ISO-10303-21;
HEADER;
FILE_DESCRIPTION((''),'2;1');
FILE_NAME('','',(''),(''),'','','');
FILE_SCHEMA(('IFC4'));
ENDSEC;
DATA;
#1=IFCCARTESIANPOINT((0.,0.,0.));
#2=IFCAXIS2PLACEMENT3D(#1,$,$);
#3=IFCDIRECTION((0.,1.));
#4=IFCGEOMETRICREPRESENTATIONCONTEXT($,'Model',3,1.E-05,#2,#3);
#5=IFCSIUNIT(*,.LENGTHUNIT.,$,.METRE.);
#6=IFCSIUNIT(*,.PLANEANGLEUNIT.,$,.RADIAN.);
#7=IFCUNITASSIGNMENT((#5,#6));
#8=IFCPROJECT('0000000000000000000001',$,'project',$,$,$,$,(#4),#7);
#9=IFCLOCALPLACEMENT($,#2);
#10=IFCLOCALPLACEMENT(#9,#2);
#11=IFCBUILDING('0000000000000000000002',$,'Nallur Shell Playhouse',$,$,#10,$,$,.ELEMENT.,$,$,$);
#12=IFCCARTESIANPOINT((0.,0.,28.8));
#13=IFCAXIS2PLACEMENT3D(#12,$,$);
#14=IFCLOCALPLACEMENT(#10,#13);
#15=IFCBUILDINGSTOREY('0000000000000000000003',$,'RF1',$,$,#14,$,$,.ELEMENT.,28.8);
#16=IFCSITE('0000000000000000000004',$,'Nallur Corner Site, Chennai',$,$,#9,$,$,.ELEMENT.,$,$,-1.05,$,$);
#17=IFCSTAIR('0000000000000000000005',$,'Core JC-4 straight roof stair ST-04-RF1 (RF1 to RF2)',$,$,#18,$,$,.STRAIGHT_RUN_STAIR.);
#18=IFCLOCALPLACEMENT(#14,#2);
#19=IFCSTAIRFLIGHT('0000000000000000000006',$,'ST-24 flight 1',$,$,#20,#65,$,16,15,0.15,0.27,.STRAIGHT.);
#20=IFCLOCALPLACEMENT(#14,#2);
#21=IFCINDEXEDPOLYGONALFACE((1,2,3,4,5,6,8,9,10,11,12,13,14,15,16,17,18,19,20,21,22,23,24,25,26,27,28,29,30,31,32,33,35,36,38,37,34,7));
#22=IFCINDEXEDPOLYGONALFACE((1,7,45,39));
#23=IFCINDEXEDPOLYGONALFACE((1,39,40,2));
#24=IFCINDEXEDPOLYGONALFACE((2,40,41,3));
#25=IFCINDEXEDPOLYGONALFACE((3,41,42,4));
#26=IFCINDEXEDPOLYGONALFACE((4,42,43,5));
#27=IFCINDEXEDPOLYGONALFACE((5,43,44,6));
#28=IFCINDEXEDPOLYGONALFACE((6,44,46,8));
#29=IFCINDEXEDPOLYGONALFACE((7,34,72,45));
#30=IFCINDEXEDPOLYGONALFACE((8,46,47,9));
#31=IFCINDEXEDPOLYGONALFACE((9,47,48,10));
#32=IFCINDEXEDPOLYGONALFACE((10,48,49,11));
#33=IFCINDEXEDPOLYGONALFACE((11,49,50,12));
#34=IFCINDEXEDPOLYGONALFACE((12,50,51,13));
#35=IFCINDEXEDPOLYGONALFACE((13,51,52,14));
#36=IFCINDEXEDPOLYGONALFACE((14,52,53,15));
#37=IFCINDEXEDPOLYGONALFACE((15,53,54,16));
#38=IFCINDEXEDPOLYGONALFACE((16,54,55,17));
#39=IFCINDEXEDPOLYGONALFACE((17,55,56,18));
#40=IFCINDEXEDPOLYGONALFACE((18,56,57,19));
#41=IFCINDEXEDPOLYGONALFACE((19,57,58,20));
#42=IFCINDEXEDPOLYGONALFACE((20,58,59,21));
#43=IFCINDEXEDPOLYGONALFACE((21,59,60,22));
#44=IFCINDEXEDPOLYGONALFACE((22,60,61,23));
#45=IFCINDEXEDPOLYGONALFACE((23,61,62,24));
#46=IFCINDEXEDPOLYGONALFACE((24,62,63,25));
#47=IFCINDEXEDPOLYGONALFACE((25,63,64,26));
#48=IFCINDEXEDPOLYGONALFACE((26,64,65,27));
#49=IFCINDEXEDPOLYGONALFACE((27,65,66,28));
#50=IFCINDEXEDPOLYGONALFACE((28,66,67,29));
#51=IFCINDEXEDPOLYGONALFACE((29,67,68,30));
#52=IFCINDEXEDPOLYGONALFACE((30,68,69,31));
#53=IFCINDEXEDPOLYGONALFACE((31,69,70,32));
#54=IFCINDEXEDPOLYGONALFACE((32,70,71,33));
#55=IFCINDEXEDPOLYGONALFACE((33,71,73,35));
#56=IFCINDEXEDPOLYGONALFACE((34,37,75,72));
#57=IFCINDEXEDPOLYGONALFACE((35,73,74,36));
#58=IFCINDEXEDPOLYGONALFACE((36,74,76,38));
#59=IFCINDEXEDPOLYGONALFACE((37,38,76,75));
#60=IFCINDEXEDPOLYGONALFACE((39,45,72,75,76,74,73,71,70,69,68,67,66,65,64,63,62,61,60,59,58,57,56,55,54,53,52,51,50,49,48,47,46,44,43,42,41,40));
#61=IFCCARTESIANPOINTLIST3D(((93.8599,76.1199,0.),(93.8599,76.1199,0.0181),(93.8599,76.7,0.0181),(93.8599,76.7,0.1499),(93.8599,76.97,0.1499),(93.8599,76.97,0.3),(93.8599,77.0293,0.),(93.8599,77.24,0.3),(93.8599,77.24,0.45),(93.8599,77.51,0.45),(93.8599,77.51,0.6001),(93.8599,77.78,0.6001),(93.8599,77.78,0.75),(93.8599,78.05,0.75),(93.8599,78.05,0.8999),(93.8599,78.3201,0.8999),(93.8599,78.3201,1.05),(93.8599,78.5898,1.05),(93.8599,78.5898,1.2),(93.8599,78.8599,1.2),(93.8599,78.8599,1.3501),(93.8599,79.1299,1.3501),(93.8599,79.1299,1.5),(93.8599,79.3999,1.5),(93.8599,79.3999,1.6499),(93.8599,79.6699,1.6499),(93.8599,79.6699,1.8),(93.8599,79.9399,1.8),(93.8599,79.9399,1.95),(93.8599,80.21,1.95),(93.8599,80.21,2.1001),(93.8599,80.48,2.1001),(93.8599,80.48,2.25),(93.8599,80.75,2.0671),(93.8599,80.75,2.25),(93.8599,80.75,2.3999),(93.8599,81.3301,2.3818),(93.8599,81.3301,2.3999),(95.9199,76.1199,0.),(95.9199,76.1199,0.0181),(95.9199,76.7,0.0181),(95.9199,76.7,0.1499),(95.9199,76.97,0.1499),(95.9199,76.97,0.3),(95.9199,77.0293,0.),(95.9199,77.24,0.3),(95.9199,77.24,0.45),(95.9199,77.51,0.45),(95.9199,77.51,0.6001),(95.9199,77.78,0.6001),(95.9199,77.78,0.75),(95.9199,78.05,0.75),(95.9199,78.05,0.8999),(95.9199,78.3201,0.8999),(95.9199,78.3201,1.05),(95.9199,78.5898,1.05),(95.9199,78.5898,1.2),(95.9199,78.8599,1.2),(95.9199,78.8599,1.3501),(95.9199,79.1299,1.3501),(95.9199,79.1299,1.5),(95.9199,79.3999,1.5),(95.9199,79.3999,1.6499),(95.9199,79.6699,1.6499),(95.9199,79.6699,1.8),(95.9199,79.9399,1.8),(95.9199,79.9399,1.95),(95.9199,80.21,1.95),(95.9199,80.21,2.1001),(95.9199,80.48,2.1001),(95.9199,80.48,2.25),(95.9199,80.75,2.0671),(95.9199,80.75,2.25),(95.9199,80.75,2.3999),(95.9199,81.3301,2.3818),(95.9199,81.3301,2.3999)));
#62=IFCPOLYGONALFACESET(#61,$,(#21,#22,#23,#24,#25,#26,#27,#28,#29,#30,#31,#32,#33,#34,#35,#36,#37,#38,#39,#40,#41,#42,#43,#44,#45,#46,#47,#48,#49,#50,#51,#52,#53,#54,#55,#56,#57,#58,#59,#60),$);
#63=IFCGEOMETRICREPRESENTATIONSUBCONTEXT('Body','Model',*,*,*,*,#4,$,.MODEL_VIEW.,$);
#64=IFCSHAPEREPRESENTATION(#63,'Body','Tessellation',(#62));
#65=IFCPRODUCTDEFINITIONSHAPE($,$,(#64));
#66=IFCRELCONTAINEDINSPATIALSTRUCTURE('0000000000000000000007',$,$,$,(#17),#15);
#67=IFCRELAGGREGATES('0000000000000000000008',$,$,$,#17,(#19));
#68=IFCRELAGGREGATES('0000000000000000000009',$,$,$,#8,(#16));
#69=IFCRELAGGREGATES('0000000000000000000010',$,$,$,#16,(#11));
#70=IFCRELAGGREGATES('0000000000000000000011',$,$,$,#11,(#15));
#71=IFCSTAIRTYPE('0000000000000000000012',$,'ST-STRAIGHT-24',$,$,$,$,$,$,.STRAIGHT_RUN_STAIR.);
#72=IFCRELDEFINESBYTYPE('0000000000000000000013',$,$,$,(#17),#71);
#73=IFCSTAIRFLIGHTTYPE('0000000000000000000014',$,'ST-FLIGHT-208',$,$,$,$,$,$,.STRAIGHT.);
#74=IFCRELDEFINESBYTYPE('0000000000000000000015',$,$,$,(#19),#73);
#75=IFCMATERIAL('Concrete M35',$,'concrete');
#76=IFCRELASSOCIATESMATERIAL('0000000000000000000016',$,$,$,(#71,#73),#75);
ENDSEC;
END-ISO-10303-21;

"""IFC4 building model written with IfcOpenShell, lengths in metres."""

from ifc_helpers import new_model, si_unit, direction, frame, origin, place, context, subcontext, project, spatial, polyline, outline, extrude, material, type_object, element, aggregate, save


model = new_model("IFC4")

# Units and contexts
model_context = context("Model", 3, precision=1e-05, world=origin(), true_north=direction((0.0, 1.0)))
body_context = subcontext(model_context, "Body", "Model", "MODEL_VIEW")
ifc_project = project(units=[si_unit("LENGTHUNIT", "METRE"), si_unit("PLANEANGLEUNIT", "RADIAN")], contexts=[model_context])

# Site, building, storey
site_placement = place(None, origin())
site = spatial("IfcSite", under=ifc_project, at=site_placement, Name="Nallur Corner Site, Chennai", CompositionType="ELEMENT", RefElevation=-1.05)
building_placement = place(site_placement, origin())
building = spatial("IfcBuilding", under=site, at=building_placement, Name="Nallur Shell Playhouse", CompositionType="ELEMENT")
storey_placement = place(building_placement, frame((0.0, 0.0, 28.8)))
storey = spatial("IfcBuildingStorey", under=building, at=storey_placement, Name="RF1", CompositionType="ELEMENT", Elevation=28.8)

# Stair, stair flight
ifc_material_1 = material(Name="Concrete M35", Category="concrete")
stair_type = type_object("IfcStairType", Name="ST-STRAIGHT-24", PredefinedType="STRAIGHT_RUN_STAIR", material=ifc_material_1)
stair_placement = place(storey_placement, origin())
stair = element("IfcStair", 1, at=stair_placement, inside=storey, type_object=stair_type, Name="Core JC-4 straight roof stair ST-04-RF1 (RF1 to RF2)", PredefinedType="STRAIGHT_RUN_STAIR")
stair_flight_type = type_object("IfcStairFlightType", Name="ST-FLIGHT-208", PredefinedType="STRAIGHT", material=ifc_material_1)
stair_flight_placement = place(storey_placement, frame((94.8899, 76.7, 0.0), z_axis=(0.0, 0.0, 1.0), x_axis=(0.0, 1.0, 0.0)))
stair_flight = element("IfcStairFlight", 2, at=stair_flight_placement, type_object=stair_flight_type, Name="ST-24 flight 1", NumberOfRisers=16, NumberOfTreads=15, PredefinedType="STRAIGHT", RiserHeight=0.15, TreadLength=0.27, context=body_context, shape_type="SweptSolid", body=[
    extrude(outline(polyline([(-0.5801, 0.0), (-0.5801, 0.0181), (0.0, 0.0181), (0.0, 0.1499), (0.27, 0.1499), (0.27, 0.3), (0.54, 0.3), (0.54, 0.45), (0.8101, 0.45), (0.8101, 0.6001), (1.0801, 0.6001), (1.0801, 0.75), (1.3501, 0.75), (1.3501, 0.8999), (1.6201, 0.8999), (1.6201, 1.05), (1.8899, 1.05), (1.8899, 1.2), (2.1599, 1.2), (2.1599, 1.3501), (2.4299, 1.3501), (2.4299, 1.5), (2.7, 1.5), (2.7, 1.6499), (2.97, 1.6499), (2.97, 1.8), (3.24, 1.8), (3.24, 1.95), (3.51, 1.95), (3.51, 2.1001), (3.78, 2.1001), (3.78, 2.25), (4.05, 2.25), (4.05, 2.3999), (4.6301, 2.3999), (4.6301, 2.3818), (4.05, 2.0671), (0.3293, 0.0), (-0.5801, 0.0)])), frame((0.0, 1.03, 0.0), z_axis=(0.0, -1.0, 0.0), x_axis=(1.0, 0.0, 0.0)), (0.0, 0.0, 1.0), 2.0601),
])
aggregate(stair, [stair_flight])

save(model, "model.ifc")
